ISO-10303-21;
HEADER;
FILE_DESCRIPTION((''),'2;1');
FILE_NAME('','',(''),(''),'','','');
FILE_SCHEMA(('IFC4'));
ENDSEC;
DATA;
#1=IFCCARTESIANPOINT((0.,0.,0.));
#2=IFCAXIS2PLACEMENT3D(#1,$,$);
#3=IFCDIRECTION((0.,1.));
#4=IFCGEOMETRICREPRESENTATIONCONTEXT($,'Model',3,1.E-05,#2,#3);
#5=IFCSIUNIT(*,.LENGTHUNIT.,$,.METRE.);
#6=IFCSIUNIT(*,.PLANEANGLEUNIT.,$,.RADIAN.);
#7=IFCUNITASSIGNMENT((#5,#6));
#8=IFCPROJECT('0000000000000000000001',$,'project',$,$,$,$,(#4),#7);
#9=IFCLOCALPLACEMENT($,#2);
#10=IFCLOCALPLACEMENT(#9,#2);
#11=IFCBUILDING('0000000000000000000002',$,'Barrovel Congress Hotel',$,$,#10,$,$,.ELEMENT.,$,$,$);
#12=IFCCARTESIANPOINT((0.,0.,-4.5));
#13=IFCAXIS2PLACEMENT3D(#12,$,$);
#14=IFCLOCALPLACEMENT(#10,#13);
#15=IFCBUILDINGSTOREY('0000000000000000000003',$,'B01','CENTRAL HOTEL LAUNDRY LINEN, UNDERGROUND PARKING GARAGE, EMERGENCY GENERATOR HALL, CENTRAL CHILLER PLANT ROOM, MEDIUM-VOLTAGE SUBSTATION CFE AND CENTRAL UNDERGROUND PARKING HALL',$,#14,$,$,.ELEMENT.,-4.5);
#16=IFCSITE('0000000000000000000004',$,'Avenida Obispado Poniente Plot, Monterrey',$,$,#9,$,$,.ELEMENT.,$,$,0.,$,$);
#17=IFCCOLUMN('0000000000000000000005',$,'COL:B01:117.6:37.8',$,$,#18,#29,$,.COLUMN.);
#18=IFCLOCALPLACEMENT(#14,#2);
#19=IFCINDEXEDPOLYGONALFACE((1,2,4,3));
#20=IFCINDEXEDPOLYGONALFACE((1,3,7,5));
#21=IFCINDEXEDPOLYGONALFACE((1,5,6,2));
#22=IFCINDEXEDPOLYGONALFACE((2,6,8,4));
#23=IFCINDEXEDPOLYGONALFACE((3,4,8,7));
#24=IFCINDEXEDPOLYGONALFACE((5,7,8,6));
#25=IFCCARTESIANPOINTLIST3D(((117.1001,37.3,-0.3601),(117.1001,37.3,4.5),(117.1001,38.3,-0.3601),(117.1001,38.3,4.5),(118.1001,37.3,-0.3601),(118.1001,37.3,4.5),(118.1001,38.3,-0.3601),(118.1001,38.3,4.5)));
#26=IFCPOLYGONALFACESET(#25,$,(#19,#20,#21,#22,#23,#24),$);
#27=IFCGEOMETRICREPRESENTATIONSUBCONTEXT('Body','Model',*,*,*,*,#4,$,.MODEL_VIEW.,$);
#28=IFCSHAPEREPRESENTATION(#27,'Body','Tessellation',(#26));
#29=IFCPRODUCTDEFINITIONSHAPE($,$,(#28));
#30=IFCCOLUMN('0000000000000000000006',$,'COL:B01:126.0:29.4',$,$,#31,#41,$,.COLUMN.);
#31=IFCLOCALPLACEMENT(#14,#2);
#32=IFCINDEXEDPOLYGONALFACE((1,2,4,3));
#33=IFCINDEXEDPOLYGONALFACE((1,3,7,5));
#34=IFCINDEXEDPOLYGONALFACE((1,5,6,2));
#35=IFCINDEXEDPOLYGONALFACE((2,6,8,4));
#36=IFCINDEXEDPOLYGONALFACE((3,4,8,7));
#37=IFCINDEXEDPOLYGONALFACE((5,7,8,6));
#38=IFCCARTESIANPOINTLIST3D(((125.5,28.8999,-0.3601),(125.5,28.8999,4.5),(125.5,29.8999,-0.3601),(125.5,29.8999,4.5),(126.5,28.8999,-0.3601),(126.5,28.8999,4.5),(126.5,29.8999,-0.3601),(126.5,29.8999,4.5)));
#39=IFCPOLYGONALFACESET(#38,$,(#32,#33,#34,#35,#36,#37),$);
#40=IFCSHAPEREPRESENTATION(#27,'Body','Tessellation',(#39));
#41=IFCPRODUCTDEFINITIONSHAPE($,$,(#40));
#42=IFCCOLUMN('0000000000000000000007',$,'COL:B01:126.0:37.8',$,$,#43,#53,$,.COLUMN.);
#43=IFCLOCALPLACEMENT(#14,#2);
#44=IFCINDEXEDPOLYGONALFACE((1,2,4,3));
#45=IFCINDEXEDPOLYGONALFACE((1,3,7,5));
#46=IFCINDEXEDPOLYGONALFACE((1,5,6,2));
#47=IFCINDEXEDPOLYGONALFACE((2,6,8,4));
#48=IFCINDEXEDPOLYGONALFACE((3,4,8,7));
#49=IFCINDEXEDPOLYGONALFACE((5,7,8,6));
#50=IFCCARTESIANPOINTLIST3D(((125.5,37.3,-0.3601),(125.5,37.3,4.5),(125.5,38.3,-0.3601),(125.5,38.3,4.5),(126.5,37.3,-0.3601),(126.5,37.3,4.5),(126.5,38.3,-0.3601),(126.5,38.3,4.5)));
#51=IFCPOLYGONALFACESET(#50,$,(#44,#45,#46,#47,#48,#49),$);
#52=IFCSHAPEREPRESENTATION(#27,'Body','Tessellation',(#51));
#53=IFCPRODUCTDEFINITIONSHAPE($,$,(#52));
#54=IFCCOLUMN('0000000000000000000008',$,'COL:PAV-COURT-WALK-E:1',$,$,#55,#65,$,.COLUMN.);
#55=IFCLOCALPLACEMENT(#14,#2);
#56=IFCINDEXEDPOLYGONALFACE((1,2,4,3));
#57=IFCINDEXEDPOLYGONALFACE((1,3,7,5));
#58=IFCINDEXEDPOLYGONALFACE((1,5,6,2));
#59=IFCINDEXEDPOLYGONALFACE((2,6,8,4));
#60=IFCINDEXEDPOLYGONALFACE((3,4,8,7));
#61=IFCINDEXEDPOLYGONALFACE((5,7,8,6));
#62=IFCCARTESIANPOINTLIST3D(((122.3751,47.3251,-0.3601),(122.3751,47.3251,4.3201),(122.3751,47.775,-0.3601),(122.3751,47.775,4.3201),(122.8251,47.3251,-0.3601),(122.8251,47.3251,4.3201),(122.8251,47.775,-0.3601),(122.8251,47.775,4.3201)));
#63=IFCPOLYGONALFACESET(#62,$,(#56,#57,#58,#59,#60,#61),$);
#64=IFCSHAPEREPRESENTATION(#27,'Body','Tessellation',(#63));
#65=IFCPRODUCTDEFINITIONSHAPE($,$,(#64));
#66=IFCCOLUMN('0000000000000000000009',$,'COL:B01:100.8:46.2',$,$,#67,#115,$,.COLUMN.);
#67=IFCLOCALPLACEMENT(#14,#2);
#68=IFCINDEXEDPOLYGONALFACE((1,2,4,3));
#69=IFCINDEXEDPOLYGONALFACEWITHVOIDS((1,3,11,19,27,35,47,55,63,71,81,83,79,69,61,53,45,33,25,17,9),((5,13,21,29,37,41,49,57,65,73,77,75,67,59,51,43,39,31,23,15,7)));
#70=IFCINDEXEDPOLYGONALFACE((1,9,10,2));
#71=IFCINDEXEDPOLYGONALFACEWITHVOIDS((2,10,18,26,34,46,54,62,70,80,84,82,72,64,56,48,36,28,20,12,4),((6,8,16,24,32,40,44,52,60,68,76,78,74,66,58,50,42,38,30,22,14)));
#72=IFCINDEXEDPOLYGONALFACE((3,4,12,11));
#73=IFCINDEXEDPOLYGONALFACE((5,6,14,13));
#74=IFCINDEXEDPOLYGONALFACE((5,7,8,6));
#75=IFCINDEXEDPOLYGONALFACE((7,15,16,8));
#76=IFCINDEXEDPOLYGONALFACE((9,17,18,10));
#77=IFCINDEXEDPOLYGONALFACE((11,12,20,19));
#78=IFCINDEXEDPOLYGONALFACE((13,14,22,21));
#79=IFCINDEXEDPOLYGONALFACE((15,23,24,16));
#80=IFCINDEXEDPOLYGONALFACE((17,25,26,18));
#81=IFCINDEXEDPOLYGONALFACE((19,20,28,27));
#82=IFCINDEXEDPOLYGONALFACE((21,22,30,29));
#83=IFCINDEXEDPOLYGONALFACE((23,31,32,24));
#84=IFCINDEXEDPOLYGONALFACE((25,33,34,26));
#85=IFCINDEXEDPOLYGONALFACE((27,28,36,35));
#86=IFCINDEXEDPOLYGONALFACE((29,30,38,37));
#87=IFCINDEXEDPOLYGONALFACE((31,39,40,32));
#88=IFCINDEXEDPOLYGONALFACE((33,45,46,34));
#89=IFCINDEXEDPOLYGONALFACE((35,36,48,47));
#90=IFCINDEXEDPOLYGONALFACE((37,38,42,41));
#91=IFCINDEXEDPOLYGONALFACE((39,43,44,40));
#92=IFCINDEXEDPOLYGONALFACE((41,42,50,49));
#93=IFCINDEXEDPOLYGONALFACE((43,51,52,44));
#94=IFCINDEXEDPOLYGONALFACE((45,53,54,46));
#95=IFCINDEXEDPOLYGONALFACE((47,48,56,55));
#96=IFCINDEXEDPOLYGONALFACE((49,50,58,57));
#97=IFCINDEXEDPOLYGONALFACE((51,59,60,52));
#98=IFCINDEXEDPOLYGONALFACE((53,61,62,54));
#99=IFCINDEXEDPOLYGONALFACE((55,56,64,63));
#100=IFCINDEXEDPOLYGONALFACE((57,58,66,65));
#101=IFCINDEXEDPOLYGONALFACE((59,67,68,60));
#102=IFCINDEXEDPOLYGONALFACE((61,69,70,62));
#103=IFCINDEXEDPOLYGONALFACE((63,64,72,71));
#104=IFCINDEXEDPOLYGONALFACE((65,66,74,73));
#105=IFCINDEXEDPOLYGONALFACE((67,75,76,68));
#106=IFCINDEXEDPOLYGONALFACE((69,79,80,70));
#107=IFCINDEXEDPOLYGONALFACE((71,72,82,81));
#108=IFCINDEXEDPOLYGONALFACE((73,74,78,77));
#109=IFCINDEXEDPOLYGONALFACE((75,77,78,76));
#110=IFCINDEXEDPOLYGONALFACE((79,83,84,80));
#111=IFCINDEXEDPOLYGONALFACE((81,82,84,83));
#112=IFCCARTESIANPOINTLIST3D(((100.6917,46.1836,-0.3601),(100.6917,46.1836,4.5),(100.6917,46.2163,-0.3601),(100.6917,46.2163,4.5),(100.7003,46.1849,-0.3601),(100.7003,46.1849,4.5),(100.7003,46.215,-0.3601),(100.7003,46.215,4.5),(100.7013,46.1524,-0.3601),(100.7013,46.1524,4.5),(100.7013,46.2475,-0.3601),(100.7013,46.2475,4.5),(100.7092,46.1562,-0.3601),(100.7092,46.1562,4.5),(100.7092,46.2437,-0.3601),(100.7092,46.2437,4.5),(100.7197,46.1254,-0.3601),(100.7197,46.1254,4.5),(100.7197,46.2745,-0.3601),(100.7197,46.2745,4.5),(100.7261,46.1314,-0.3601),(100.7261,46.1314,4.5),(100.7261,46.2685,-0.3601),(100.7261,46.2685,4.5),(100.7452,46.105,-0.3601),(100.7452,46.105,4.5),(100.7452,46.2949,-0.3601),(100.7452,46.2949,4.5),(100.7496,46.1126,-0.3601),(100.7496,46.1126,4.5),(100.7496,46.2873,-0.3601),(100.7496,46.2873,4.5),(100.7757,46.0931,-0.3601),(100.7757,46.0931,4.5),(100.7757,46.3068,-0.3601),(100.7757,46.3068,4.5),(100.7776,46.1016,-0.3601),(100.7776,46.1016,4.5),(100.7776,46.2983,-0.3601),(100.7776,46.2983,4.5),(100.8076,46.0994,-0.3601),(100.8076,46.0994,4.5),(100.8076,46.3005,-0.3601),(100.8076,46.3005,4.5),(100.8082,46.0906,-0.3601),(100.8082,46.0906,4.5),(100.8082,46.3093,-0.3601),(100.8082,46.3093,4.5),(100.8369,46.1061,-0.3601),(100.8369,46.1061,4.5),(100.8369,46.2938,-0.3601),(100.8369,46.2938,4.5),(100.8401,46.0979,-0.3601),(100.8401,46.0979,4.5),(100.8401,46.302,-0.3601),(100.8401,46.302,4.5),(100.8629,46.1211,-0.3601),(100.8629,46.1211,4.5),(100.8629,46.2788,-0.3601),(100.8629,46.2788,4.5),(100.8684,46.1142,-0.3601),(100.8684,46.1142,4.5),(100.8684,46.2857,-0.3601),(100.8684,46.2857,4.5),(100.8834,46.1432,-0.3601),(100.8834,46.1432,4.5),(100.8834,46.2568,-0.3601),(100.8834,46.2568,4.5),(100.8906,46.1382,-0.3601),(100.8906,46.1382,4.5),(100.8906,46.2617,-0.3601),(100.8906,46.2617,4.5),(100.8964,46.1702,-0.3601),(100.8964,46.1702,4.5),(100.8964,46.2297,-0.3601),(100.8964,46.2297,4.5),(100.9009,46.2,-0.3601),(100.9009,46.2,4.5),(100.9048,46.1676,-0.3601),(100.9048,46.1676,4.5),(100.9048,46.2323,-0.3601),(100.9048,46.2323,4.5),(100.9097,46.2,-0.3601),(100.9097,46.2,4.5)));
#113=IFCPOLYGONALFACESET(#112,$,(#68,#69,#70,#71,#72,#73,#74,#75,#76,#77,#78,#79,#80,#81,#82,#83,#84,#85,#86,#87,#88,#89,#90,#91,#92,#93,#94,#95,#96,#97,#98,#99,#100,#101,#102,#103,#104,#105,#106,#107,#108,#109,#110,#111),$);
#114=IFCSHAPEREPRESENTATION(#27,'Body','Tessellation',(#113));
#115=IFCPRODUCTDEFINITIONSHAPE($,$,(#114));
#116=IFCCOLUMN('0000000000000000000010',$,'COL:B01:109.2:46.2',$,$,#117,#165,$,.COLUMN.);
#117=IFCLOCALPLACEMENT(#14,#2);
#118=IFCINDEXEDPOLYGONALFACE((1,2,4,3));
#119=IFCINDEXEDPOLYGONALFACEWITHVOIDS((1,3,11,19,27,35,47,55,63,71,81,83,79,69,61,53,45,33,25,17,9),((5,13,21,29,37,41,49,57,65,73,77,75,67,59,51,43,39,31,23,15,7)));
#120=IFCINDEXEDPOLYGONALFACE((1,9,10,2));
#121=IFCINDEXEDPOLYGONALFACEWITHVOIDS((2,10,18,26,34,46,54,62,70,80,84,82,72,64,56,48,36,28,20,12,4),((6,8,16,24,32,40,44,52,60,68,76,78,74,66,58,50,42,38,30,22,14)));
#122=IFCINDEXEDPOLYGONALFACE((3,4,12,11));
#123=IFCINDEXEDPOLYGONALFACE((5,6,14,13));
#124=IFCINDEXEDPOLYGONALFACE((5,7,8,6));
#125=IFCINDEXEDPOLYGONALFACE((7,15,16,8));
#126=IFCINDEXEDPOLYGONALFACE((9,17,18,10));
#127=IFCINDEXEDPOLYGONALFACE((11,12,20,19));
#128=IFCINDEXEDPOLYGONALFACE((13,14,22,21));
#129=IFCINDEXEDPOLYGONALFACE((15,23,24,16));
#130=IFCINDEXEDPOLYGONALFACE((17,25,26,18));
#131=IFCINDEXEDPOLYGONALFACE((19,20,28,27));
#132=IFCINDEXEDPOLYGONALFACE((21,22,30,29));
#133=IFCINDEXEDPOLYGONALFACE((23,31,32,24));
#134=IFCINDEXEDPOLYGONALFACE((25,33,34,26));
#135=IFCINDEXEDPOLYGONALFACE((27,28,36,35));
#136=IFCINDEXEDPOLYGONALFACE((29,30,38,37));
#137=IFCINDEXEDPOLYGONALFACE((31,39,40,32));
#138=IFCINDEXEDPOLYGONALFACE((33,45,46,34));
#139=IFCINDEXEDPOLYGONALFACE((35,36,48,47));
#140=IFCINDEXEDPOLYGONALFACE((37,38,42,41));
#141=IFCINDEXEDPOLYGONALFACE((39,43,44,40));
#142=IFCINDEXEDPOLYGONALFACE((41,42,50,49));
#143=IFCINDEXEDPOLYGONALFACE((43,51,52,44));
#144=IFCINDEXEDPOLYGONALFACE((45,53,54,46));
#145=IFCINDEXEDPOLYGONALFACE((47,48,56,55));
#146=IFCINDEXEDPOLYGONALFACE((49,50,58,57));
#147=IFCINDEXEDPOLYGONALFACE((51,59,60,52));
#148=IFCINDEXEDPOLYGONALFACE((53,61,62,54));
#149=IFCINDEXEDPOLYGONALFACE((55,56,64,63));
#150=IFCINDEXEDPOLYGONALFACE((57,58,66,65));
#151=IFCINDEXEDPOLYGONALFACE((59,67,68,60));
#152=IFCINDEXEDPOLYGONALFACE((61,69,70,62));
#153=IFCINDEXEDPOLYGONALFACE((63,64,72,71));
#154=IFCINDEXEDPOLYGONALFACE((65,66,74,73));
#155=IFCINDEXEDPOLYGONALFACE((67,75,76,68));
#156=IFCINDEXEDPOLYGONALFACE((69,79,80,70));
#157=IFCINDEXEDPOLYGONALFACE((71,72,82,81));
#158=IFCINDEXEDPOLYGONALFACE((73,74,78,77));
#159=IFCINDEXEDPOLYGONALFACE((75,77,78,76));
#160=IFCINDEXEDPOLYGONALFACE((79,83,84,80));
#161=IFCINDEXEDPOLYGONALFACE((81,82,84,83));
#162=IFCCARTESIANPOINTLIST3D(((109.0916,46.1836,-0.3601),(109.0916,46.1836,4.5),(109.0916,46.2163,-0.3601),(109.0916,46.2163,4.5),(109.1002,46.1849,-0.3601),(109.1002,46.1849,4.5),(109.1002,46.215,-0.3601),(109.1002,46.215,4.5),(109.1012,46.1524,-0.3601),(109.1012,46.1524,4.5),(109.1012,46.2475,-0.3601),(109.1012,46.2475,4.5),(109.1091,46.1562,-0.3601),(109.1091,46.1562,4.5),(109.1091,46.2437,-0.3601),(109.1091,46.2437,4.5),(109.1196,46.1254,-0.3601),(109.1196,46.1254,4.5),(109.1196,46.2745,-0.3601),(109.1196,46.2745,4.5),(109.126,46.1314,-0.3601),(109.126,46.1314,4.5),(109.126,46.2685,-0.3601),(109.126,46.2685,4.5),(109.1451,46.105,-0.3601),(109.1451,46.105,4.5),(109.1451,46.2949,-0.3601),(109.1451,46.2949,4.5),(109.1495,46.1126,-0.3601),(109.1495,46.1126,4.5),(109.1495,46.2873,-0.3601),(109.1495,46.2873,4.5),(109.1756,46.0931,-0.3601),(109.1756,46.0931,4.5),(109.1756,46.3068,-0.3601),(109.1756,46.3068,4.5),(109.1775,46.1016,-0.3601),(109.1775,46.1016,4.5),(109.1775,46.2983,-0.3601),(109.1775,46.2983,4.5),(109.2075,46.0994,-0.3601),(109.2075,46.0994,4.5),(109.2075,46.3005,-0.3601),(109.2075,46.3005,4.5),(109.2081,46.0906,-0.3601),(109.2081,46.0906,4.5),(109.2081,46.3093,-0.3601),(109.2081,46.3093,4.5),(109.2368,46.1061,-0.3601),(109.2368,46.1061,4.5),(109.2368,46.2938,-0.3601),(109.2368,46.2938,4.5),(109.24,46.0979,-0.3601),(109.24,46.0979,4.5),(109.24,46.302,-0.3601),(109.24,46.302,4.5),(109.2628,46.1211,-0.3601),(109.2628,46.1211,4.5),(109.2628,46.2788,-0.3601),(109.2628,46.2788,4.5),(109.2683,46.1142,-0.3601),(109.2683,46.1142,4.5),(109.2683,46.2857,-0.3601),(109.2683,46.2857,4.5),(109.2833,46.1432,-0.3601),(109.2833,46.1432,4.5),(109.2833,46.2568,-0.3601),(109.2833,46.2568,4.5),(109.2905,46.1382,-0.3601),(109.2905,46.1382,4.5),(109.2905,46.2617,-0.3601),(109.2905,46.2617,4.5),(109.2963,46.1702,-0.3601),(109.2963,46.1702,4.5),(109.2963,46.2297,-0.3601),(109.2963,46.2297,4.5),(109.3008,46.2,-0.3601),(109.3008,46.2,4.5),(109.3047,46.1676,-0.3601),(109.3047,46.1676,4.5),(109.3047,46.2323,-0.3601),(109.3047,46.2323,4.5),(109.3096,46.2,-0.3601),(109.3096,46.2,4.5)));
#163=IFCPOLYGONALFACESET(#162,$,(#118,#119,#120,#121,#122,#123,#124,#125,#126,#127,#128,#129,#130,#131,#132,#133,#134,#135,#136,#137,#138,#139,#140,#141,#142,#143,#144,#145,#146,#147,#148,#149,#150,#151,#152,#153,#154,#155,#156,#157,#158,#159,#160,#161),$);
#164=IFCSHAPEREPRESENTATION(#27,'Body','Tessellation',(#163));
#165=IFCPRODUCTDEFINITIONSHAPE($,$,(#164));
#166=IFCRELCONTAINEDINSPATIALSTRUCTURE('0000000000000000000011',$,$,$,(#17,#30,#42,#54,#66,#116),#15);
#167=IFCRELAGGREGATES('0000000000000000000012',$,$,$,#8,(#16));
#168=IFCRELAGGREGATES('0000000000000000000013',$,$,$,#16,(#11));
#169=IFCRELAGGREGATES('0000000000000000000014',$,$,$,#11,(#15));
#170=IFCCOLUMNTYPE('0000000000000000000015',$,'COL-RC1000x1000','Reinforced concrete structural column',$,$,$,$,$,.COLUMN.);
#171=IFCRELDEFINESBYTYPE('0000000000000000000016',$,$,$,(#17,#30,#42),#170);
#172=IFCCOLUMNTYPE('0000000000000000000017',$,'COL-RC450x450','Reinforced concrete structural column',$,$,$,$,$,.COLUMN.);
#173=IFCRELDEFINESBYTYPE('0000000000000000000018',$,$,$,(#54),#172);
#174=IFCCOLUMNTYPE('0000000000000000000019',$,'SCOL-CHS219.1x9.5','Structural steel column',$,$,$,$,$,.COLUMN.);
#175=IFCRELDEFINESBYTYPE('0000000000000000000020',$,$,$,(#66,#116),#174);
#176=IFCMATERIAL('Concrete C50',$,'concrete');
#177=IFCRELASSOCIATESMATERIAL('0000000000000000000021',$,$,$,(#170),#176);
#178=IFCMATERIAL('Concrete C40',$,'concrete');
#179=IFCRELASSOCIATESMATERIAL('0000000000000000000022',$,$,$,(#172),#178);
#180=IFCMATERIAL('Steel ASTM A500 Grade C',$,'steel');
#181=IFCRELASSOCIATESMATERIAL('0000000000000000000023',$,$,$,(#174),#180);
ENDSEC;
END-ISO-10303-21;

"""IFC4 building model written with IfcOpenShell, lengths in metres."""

from ifc_helpers import new_model, si_unit, direction, frame, origin, origin_2d, place, context, subcontext, project, spatial, rectangle, hollow_circle, extrude, material, material_profile, profile_set, type_object, element, save


model = new_model("IFC4")

# Units and contexts
model_context = context("Model", 3, precision=1e-05, world=origin(), true_north=direction((0.0, 1.0)))
body_context = subcontext(model_context, "Body", "Model", "MODEL_VIEW")
ifc_project = project(units=[si_unit("LENGTHUNIT", "METRE"), si_unit("PLANEANGLEUNIT", "RADIAN")], contexts=[model_context])

# Site, building, storey
site_placement = place(None, origin())
site = spatial("IfcSite", under=ifc_project, at=site_placement, Name="Avenida Obispado Poniente Plot, Monterrey", CompositionType="ELEMENT", RefElevation=0.0)
building_placement = place(site_placement, origin())
building = spatial("IfcBuilding", under=site, at=building_placement, Name="Barrovel Congress Hotel", CompositionType="ELEMENT")
storey_placement = place(building_placement, frame((0.0, 0.0, -4.5)))
storey = spatial("IfcBuildingStorey", under=building, at=storey_placement, Name="B01", Description="CENTRAL HOTEL LAUNDRY LINEN, UNDERGROUND PARKING GARAGE, EMERGENCY GENERATOR HALL, CENTRAL CHILLER PLANT ROOM, MEDIUM-VOLTAGE SUBSTATION CFE AND CENTRAL UNDERGROUND PARKING HALL", CompositionType="ELEMENT", Elevation=-4.5)

# Shared definitions
ifc_material_1 = material(Name="Concrete C40", Category="concrete")

# Columns
ifc_material_2 = material(Name="Concrete C50", Category="concrete")
ifc_material_profile_1 = material_profile(ifc_material_2, rectangle(XDim=1.0, YDim=1.0, at=origin_2d()), Name="RC1000x1000")
ifc_profile_set_1 = profile_set([ifc_material_profile_1], Name="Concrete C50")
column_type_1 = type_object("IfcColumnType", Name="COL-RC1000x1000", Description="Reinforced concrete structural column", PredefinedType="COLUMN", material=ifc_profile_set_1)
for number, where, z_axis, x_axis, name in (
    (1, (117.6001, 37.8, -0.3601), (0.0, 0.0, 1.0), (1.0, 0.0, 0.0), "COL:B01:117.6:37.8"),
    (2, (126.0, 29.3999, -0.3601), (0.0, 0.0, 1.0), (1.0, 0.0, 0.0), "COL:B01:126.0:29.4"),
    (3, (126.0, 37.8, -0.3601), (0.0, 0.0, 1.0), (1.0, 0.0, 0.0), "COL:B01:126.0:37.8"),
):
    element("IfcColumn", number, at=place(storey_placement, frame(where, z_axis=z_axis, x_axis=x_axis)), inside=storey, type_object=column_type_1, Name=name, PredefinedType="COLUMN", context=body_context, shape_type="SweptSolid", body=[
        extrude(rectangle(XDim=1.0, YDim=1.0, at=origin_2d()), origin(), (0.0, 0.0, 1.0), 4.8601),
    ])
ifc_material_profile_2 = material_profile(ifc_material_1, rectangle(XDim=0.45, YDim=0.45, at=origin_2d()), Name="RC450x450")
ifc_profile_set_2 = profile_set([ifc_material_profile_2], Name="Concrete C40")
column_type_2 = type_object("IfcColumnType", Name="COL-RC450x450", Description="Reinforced concrete structural column", PredefinedType="COLUMN", material=ifc_profile_set_2)
column_placement = place(storey_placement, frame((122.6001, 47.55, -0.3601), z_axis=(0.0, 0.0, 1.0), x_axis=(1.0, 0.0, 0.0)))
element("IfcColumn", 4, at=column_placement, inside=storey, type_object=column_type_2, Name="COL:PAV-COURT-WALK-E:1", PredefinedType="COLUMN", context=body_context, shape_type="SweptSolid", body=[
    extrude(rectangle(XDim=0.45, YDim=0.45, at=origin_2d()), origin(), (0.0, 0.0, 1.0), 4.6802),
])
ifc_material_3 = material(Name="Steel ASTM A500 Grade C", Category="steel")
ifc_material_profile_3 = material_profile(ifc_material_3, hollow_circle(Radius=0.1096, WallThickness=0.0088, at=origin_2d()), Name="CHS219.1x9.5")
ifc_profile_set_3 = profile_set([ifc_material_profile_3], Name="Steel ASTM A500 Grade C")
column_type_3 = type_object("IfcColumnType", Name="SCOL-CHS219.1x9.5", Description="Structural steel column", PredefinedType="COLUMN", material=ifc_profile_set_3)
for number, where, z_axis, x_axis, name in (
    (5, (100.8, 46.2, -0.3601), (0.0, 0.0, 1.0), (1.0, 0.0, 0.0), "COL:B01:100.8:46.2"),
    (6, (109.2, 46.2, -0.3601), (0.0, 0.0, 1.0), (1.0, 0.0, 0.0), "COL:B01:109.2:46.2"),
):
    element("IfcColumn", number, at=place(storey_placement, frame(where, z_axis=z_axis, x_axis=x_axis)), inside=storey, type_object=column_type_3, Name=name, PredefinedType="COLUMN", context=body_context, shape_type="SweptSolid", body=[
        extrude(hollow_circle(Radius=0.1096, WallThickness=0.0088, at=origin_2d()), origin(), (0.0, 0.0, 1.0), 4.8601),
    ])

save(model, "model.ifc")
